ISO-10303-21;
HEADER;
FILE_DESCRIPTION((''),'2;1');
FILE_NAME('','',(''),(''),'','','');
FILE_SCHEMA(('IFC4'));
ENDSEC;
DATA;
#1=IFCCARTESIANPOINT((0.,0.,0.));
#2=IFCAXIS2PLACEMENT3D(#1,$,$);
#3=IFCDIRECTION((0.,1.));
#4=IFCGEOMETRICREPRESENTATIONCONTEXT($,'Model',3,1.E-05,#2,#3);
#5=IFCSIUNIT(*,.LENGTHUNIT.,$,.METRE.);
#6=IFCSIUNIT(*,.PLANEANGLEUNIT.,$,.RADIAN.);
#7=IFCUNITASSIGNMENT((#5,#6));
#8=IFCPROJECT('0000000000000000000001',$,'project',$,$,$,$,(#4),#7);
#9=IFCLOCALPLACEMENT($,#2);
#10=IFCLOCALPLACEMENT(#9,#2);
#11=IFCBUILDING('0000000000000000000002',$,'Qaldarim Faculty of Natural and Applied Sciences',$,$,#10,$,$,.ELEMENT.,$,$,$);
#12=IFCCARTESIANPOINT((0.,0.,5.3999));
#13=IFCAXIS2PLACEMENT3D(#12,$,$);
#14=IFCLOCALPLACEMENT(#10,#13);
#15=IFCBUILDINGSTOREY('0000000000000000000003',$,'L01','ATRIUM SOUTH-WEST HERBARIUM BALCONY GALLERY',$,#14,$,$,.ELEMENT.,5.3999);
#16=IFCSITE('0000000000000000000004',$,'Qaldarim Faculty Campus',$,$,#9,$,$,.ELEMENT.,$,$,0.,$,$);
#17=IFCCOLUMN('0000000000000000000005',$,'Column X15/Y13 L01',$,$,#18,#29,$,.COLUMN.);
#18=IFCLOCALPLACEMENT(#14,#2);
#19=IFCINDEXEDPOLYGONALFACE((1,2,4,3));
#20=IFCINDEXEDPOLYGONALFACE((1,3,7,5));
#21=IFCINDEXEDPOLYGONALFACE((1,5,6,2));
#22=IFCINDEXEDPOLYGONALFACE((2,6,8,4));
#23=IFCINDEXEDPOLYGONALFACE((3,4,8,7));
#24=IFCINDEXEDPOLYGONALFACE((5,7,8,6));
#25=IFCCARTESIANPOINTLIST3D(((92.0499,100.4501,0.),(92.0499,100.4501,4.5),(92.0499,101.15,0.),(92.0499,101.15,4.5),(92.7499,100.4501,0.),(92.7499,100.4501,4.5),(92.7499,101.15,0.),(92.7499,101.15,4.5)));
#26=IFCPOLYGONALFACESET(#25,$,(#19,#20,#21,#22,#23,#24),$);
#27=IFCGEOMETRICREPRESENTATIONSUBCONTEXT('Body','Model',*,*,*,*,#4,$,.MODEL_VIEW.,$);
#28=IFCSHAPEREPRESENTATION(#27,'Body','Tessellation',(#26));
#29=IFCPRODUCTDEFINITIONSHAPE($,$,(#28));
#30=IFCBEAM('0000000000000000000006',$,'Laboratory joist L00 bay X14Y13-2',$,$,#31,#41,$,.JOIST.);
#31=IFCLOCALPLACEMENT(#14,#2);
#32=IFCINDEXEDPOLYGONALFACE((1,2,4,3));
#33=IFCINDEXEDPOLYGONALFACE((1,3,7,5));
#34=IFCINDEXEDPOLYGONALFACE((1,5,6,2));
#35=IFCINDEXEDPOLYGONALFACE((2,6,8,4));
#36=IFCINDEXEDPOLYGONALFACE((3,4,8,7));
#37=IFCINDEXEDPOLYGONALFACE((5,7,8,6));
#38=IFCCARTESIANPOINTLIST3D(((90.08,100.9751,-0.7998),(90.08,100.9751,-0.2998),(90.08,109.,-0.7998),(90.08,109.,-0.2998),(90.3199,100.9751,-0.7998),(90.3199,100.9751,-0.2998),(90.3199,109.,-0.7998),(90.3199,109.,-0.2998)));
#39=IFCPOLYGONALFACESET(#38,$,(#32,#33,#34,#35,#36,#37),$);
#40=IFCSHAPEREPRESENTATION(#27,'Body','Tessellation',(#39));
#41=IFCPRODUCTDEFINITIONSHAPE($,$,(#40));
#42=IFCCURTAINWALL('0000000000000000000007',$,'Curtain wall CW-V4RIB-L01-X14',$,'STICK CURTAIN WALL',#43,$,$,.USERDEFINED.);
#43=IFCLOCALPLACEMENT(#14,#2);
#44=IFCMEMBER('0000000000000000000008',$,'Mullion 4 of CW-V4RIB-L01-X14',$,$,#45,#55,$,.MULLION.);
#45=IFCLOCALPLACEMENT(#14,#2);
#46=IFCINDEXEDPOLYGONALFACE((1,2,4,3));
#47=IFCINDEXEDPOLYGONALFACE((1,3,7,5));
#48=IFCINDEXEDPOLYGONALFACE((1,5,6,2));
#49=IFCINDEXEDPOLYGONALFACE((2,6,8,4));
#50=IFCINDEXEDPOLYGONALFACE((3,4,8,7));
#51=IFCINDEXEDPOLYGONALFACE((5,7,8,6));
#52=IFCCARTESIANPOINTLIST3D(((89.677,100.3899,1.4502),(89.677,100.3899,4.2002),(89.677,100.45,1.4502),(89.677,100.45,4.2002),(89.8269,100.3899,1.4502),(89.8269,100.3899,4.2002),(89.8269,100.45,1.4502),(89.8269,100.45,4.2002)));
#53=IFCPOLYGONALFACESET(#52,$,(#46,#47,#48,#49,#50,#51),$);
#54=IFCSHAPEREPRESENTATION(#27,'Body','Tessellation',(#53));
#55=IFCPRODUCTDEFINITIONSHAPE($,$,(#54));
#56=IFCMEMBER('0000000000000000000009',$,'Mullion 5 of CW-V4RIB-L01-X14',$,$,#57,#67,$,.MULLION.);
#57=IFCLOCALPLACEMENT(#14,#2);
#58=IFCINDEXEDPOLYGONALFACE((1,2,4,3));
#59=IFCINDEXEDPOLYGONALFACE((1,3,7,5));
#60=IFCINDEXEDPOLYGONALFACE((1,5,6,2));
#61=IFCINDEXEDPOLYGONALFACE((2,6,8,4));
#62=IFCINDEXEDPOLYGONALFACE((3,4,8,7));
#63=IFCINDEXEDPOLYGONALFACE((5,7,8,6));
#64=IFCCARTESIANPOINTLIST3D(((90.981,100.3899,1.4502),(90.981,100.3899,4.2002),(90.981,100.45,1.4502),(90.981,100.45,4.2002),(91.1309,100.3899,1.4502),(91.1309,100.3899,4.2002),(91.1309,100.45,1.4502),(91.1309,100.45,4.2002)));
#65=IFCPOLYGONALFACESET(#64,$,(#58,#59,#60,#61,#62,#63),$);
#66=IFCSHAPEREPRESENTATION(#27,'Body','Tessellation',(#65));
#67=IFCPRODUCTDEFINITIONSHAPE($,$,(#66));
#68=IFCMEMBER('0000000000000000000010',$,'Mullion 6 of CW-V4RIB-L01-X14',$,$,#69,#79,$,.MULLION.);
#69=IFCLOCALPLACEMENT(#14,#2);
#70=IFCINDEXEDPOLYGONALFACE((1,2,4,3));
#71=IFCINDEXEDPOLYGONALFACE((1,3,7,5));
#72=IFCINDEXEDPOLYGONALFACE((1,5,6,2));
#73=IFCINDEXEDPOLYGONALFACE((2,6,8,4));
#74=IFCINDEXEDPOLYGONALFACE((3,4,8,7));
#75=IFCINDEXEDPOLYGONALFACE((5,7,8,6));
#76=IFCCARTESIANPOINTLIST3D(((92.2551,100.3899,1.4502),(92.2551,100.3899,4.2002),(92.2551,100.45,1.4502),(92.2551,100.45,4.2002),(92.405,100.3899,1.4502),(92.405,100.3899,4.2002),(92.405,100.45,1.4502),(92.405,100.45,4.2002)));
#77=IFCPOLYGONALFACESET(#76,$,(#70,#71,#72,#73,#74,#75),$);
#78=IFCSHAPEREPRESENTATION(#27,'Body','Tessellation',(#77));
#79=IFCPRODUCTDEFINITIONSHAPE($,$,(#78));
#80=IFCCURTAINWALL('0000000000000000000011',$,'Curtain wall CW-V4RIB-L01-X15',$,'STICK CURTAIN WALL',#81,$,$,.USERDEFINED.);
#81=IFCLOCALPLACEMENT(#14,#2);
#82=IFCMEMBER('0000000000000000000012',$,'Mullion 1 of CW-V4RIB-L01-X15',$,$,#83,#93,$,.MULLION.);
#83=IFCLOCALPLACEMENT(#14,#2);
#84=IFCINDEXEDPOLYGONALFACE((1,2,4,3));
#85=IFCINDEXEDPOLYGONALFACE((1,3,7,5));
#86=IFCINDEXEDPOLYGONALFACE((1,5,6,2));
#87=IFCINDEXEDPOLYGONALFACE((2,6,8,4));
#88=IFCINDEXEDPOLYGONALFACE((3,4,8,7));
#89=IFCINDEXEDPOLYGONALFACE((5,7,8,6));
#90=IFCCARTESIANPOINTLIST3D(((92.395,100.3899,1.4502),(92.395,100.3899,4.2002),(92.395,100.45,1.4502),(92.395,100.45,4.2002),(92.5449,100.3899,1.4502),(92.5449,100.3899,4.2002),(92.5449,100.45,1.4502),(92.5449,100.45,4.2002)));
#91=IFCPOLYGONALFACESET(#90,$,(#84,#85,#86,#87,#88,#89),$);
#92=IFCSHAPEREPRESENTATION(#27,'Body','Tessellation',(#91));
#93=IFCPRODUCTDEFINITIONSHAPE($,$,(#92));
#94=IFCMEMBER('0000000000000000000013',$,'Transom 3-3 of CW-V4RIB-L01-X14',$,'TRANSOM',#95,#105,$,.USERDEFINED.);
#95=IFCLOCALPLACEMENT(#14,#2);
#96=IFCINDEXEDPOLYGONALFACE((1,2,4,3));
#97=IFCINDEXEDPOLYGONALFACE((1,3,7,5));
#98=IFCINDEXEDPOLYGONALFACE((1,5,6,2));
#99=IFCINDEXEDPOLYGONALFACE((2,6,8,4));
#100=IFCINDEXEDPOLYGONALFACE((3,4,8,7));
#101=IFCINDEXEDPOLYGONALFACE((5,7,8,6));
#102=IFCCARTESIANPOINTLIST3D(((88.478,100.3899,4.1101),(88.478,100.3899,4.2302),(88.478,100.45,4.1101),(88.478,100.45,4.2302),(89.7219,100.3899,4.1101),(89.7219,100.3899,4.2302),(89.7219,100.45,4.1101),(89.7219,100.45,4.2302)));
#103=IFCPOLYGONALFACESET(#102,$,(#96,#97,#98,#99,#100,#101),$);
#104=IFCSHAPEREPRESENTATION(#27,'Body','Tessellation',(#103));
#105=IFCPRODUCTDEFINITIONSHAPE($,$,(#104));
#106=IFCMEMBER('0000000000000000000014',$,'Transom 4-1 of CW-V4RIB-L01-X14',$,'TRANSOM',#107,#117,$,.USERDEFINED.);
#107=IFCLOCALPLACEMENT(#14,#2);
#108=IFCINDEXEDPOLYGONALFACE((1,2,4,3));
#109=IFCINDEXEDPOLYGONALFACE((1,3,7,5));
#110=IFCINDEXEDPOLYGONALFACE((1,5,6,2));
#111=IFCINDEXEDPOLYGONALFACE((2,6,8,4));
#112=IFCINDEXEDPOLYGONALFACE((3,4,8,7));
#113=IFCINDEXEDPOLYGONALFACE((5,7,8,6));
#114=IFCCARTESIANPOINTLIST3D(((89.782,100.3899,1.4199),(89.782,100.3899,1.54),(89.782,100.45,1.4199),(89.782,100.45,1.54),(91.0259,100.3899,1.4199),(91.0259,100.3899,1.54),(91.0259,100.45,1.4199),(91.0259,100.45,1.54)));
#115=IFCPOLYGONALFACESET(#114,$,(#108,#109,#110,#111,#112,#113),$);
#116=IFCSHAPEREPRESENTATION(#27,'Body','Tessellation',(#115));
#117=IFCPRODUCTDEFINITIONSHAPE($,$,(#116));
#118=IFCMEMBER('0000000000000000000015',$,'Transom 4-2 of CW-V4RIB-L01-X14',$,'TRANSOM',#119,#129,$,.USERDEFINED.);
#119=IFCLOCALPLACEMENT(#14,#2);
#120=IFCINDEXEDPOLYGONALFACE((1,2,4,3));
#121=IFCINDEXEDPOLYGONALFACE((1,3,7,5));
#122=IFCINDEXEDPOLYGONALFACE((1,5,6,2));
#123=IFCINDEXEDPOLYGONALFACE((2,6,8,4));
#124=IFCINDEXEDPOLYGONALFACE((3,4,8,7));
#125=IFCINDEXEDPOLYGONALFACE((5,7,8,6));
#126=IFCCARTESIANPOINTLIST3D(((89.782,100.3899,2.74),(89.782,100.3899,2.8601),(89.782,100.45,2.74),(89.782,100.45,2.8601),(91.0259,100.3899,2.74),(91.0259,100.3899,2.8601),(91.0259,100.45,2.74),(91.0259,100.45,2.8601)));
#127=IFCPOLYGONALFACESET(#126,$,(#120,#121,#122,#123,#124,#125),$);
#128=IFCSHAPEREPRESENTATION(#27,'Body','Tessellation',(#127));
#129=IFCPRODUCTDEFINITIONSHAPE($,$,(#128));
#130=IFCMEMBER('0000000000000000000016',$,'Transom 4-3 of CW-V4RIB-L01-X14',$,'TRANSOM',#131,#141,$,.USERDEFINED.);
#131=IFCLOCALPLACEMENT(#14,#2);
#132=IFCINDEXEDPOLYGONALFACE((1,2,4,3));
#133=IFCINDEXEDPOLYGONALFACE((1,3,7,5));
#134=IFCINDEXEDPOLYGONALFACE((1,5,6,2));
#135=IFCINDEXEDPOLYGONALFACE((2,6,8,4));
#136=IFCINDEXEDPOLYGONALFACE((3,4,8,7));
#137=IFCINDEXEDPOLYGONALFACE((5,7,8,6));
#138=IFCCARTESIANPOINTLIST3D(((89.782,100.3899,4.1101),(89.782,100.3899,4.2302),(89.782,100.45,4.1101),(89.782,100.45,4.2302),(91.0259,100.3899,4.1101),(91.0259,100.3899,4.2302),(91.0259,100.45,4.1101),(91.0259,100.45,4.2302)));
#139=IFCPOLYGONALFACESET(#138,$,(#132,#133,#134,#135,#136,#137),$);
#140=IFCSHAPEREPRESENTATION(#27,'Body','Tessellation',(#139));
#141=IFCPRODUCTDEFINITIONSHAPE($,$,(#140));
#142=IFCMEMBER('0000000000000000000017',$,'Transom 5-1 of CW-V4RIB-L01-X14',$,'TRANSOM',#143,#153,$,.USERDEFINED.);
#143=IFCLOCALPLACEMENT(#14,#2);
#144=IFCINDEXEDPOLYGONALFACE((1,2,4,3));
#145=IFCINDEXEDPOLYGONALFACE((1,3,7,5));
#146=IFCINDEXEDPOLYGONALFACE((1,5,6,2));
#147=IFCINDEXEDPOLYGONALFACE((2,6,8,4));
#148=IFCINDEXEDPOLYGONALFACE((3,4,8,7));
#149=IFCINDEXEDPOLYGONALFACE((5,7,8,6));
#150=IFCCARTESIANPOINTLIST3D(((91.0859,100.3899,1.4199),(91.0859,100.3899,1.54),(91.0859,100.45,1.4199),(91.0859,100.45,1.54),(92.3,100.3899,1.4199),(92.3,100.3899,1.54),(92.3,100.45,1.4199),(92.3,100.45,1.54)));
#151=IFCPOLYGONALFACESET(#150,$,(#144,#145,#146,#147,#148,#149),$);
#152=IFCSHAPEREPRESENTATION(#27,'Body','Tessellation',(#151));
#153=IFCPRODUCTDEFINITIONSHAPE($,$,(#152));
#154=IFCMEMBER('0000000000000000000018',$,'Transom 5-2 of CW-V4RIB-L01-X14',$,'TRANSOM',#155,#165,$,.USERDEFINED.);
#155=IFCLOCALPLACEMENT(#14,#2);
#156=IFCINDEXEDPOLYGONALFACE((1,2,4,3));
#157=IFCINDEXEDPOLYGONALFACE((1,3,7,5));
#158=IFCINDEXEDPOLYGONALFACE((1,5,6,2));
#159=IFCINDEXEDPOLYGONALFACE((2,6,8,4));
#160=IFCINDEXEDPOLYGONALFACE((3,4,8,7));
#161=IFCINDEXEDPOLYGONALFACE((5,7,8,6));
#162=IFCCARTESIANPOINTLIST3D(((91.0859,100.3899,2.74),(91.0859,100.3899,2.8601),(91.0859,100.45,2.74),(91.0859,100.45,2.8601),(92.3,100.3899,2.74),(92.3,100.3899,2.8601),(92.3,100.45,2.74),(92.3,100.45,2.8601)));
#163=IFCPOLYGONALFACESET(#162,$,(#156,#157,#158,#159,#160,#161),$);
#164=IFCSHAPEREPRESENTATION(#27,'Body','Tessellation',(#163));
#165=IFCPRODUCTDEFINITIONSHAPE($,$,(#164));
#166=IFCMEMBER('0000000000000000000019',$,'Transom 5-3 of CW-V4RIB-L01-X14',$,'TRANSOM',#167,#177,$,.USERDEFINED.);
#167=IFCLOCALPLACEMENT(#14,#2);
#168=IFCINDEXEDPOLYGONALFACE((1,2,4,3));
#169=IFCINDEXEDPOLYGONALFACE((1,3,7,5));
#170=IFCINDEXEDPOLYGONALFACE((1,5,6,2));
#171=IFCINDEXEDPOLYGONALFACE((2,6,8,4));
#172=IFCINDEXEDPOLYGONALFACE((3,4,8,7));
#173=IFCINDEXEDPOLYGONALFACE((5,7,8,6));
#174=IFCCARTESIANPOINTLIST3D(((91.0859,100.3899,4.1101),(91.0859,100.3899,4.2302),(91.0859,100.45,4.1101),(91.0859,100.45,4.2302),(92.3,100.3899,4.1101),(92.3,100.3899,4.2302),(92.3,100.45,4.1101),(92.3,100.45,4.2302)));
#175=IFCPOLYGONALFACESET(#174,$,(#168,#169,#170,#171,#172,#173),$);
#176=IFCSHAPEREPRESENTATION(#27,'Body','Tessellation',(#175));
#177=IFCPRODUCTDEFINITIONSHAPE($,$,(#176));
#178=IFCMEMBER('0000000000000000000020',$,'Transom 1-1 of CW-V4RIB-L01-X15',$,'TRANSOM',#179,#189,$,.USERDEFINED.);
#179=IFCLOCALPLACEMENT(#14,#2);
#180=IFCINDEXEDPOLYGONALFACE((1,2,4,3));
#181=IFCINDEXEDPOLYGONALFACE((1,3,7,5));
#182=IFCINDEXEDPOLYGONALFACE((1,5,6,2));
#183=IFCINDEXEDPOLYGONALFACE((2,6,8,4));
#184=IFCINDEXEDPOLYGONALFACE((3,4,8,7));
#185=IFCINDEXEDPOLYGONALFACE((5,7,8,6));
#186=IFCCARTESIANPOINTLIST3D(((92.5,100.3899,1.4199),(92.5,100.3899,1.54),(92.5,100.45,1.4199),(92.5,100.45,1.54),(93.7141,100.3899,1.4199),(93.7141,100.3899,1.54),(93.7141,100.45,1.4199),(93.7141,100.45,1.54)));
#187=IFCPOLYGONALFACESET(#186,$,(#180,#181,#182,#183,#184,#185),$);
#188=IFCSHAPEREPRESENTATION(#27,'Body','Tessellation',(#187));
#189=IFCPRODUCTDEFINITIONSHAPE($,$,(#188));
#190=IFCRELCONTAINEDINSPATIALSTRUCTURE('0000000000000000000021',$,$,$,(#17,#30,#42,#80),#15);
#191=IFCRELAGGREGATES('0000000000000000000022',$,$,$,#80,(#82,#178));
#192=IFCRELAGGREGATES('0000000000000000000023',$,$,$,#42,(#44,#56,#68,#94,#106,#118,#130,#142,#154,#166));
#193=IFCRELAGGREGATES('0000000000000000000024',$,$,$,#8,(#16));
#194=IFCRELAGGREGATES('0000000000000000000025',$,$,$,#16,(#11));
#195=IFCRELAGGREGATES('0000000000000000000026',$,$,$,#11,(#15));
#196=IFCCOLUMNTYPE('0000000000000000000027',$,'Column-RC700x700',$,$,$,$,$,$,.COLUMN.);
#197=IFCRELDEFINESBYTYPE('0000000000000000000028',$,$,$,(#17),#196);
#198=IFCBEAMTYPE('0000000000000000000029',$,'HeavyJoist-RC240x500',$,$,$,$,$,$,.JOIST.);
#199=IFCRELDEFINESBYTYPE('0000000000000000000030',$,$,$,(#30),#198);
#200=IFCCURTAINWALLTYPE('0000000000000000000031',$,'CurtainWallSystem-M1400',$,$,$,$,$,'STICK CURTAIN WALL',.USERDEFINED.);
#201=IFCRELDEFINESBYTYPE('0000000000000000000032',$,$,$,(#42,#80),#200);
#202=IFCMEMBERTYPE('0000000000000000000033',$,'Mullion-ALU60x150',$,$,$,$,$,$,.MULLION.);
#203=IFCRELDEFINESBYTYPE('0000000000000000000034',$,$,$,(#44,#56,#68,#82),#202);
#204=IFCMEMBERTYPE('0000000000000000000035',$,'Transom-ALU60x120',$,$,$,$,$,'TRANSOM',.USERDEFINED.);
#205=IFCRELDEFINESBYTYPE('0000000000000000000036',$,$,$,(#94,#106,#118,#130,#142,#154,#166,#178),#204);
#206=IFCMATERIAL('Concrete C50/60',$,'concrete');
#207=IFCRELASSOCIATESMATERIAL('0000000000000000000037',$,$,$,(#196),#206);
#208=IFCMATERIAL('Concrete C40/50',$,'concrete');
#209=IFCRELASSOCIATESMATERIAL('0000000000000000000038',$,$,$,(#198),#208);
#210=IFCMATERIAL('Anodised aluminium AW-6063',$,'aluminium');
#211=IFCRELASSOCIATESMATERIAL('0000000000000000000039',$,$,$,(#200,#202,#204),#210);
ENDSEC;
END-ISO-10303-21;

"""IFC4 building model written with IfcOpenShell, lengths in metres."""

from ifc_helpers import new_model, si_unit, direction, frame, origin, origin_2d, place, context, subcontext, project, spatial, rectangle, extrude, material, material_profile, profile_set, type_object, element, aggregate, save


model = new_model("IFC4")

# Units and contexts
model_context = context("Model", 3, precision=1e-05, world=origin(), true_north=direction((0.0, 1.0)))
body_context = subcontext(model_context, "Body", "Model", "MODEL_VIEW")
ifc_project = project(units=[si_unit("LENGTHUNIT", "METRE"), si_unit("PLANEANGLEUNIT", "RADIAN")], contexts=[model_context])

# Site, building, storey
site_placement = place(None, origin())
site = spatial("IfcSite", under=ifc_project, at=site_placement, Name="Qaldarim Faculty Campus", CompositionType="ELEMENT", RefElevation=0.0)
building_placement = place(site_placement, origin())
building = spatial("IfcBuilding", under=site, at=building_placement, Name="Qaldarim Faculty of Natural and Applied Sciences", CompositionType="ELEMENT")
storey_placement = place(building_placement, frame((0.0, 0.0, 5.3999)))
storey = spatial("IfcBuildingStorey", under=building, at=storey_placement, Name="L01", Description="ATRIUM SOUTH-WEST HERBARIUM BALCONY GALLERY", CompositionType="ELEMENT", Elevation=5.3999)

# Column
ifc_material_1 = material(Name="Concrete C50/60", Category="concrete")
ifc_material_profile_1 = material_profile(ifc_material_1, rectangle(XDim=0.7, YDim=0.7, at=origin_2d()), Name="RC-C700x700")
ifc_profile_set_1 = profile_set([ifc_material_profile_1], Name="Concrete C50/60")
column_type = type_object("IfcColumnType", Name="Column-RC700x700", PredefinedType="COLUMN", material=ifc_profile_set_1)
column_placement = place(storey_placement, frame((92.3999, 100.8, 0.0), z_axis=(0.0, 0.0, 1.0), x_axis=(1.0, 0.0, 0.0)))
element("IfcColumn", 1, at=column_placement, inside=storey, type_object=column_type, Name="Column X15/Y13 L01", PredefinedType="COLUMN", context=body_context, shape_type="SweptSolid", body=[
    extrude(rectangle(XDim=0.7, YDim=0.7, at=origin_2d()), origin(), (0.0, 0.0, 1.0), 4.5),
])

# Beam
ifc_material_2 = material(Name="Concrete C40/50", Category="concrete")
ifc_material_profile_2 = material_profile(ifc_material_2, rectangle(XDim=0.24, YDim=0.5, at=origin_2d()), Name="RC-J240x500")
ifc_profile_set_2 = profile_set([ifc_material_profile_2], Name="Concrete C40/50")
beam_type = type_object("IfcBeamType", Name="HeavyJoist-RC240x500", PredefinedType="JOIST", material=ifc_profile_set_2)
beam_placement = place(storey_placement, frame((90.2, 100.9751, -0.5498), z_axis=(0.0, 1.0, 0.0), x_axis=(-1.0, 0.0, 0.0)))
element("IfcBeam", 2, at=beam_placement, inside=storey, type_object=beam_type, Name="Laboratory joist L00 bay X14Y13-2", PredefinedType="JOIST", context=body_context, shape_type="SweptSolid", body=[
    extrude(rectangle(XDim=0.24, YDim=0.5, at=origin_2d()), origin(), (0.0, 0.0, 1.0), 8.0249),
])

# Curtain wall, members
ifc_material_3 = material(Name="Anodised aluminium AW-6063", Category="aluminium")
curtain_wall_type = type_object("IfcCurtainWallType", Name="CurtainWallSystem-M1400", ElementType="STICK CURTAIN WALL", PredefinedType="USERDEFINED", material=ifc_material_3)
curtain_wall_1_placement = place(storey_placement, origin())
curtain_wall_1 = element("IfcCurtainWall", 3, at=curtain_wall_1_placement, inside=storey, type_object=curtain_wall_type, Name="Curtain wall CW-V4RIB-L01-X14", ObjectType="STICK CURTAIN WALL", PredefinedType="USERDEFINED")
ifc_material_profile_3 = material_profile(ifc_material_3, rectangle(XDim=0.0601, YDim=0.1499, at=origin_2d()), Name="ALU-M60x150")
ifc_profile_set_3 = profile_set([ifc_material_profile_3], Name="Anodised aluminium AW-6063")
member_type_1 = type_object("IfcMemberType", Name="Mullion-ALU60x150", PredefinedType="MULLION", material=ifc_profile_set_3)
member_1_placement = place(storey_placement, frame((89.752, 100.4199, 1.4502), z_axis=(0.0, 0.0, 1.0), x_axis=(0.0, 1.0, 0.0)))
member_1 = element("IfcMember", 4, at=member_1_placement, type_object=member_type_1, Name="Mullion 4 of CW-V4RIB-L01-X14", PredefinedType="MULLION", context=body_context, shape_type="SweptSolid", body=[
    extrude(rectangle(XDim=0.0601, YDim=0.1499, at=origin_2d()), origin(), (0.0, 0.0, 1.0), 2.75),
])
member_2_placement = place(storey_placement, frame((91.0559, 100.4199, 1.4502), z_axis=(0.0, 0.0, 1.0), x_axis=(0.0, 1.0, 0.0)))
member_2 = element("IfcMember", 5, at=member_2_placement, type_object=member_type_1, Name="Mullion 5 of CW-V4RIB-L01-X14", PredefinedType="MULLION", context=body_context, shape_type="SweptSolid", body=[
    extrude(rectangle(XDim=0.0601, YDim=0.1499, at=origin_2d()), origin(), (0.0, 0.0, 1.0), 2.75),
])
member_3_placement = place(storey_placement, frame((92.3301, 100.4199, 1.4502), z_axis=(0.0, 0.0, 1.0), x_axis=(0.0, 1.0, 0.0)))
member_3 = element("IfcMember", 6, at=member_3_placement, type_object=member_type_1, Name="Mullion 6 of CW-V4RIB-L01-X14", PredefinedType="MULLION", context=body_context, shape_type="SweptSolid", body=[
    extrude(rectangle(XDim=0.0601, YDim=0.1499, at=origin_2d()), origin(), (0.0, 0.0, 1.0), 2.75),
])

# Curtain wall, member
curtain_wall_2_placement = place(storey_placement, origin())
curtain_wall_2 = element("IfcCurtainWall", 7, at=curtain_wall_2_placement, inside=storey, type_object=curtain_wall_type, Name="Curtain wall CW-V4RIB-L01-X15", ObjectType="STICK CURTAIN WALL", PredefinedType="USERDEFINED")
member_4_placement = place(storey_placement, frame((92.47, 100.4199, 1.4502), z_axis=(0.0, 0.0, 1.0), x_axis=(0.0, 1.0, 0.0)))
member_4 = element("IfcMember", 8, at=member_4_placement, type_object=member_type_1, Name="Mullion 1 of CW-V4RIB-L01-X15", PredefinedType="MULLION", context=body_context, shape_type="SweptSolid", body=[
    extrude(rectangle(XDim=0.0601, YDim=0.1499, at=origin_2d()), origin(), (0.0, 0.0, 1.0), 2.75),
])

# Members
ifc_material_profile_4 = material_profile(ifc_material_3, rectangle(XDim=0.0601, YDim=0.1201, at=origin_2d()), Name="ALU-T60x120")
ifc_profile_set_4 = profile_set([ifc_material_profile_4], Name="Anodised aluminium AW-6063")
member_type_2 = type_object("IfcMemberType", Name="Transom-ALU60x120", ElementType="TRANSOM", PredefinedType="USERDEFINED", material=ifc_profile_set_4)
member_5_placement = place(storey_placement, frame((88.478, 100.4199, 4.1702), z_axis=(1.0, 0.0, 0.0), x_axis=(0.0, 1.0, 0.0)))
member_5 = element("IfcMember", 9, at=member_5_placement, type_object=member_type_2, Name="Transom 3-3 of CW-V4RIB-L01-X14", ObjectType="TRANSOM", PredefinedType="USERDEFINED", context=body_context, shape_type="SweptSolid", body=[
    extrude(rectangle(XDim=0.0601, YDim=0.1201, at=origin_2d()), origin(), (0.0, 0.0, 1.0), 1.2439),
])
member_6_placement = place(storey_placement, frame((89.782, 100.4199, 1.48), z_axis=(1.0, 0.0, 0.0), x_axis=(0.0, 1.0, 0.0)))
member_6 = element("IfcMember", 10, at=member_6_placement, type_object=member_type_2, Name="Transom 4-1 of CW-V4RIB-L01-X14", ObjectType="TRANSOM", PredefinedType="USERDEFINED", context=body_context, shape_type="SweptSolid", body=[
    extrude(rectangle(XDim=0.0601, YDim=0.1201, at=origin_2d()), origin(), (0.0, 0.0, 1.0), 1.2439),
])
member_7_placement = place(storey_placement, frame((89.782, 100.4199, 2.8), z_axis=(1.0, 0.0, 0.0), x_axis=(0.0, 1.0, 0.0)))
member_7 = element("IfcMember", 11, at=member_7_placement, type_object=member_type_2, Name="Transom 4-2 of CW-V4RIB-L01-X14", ObjectType="TRANSOM", PredefinedType="USERDEFINED", context=body_context, shape_type="SweptSolid", body=[
    extrude(rectangle(XDim=0.0601, YDim=0.1201, at=origin_2d()), origin(), (0.0, 0.0, 1.0), 1.2439),
])
member_8_placement = place(storey_placement, frame((89.782, 100.4199, 4.1702), z_axis=(1.0, 0.0, 0.0), x_axis=(0.0, 1.0, 0.0)))
member_8 = element("IfcMember", 12, at=member_8_placement, type_object=member_type_2, Name="Transom 4-3 of CW-V4RIB-L01-X14", ObjectType="TRANSOM", PredefinedType="USERDEFINED", context=body_context, shape_type="SweptSolid", body=[
    extrude(rectangle(XDim=0.0601, YDim=0.1201, at=origin_2d()), origin(), (0.0, 0.0, 1.0), 1.2439),
])
member_9_placement = place(storey_placement, frame((91.0859, 100.4199, 1.48), z_axis=(1.0, 0.0, 0.0), x_axis=(0.0, 1.0, 0.0)))
member_9 = element("IfcMember", 13, at=member_9_placement, type_object=member_type_2, Name="Transom 5-1 of CW-V4RIB-L01-X14", ObjectType="TRANSOM", PredefinedType="USERDEFINED", context=body_context, shape_type="SweptSolid", body=[
    extrude(rectangle(XDim=0.0601, YDim=0.1201, at=origin_2d()), origin(), (0.0, 0.0, 1.0), 1.2141),
])
member_10_placement = place(storey_placement, frame((91.0859, 100.4199, 2.8), z_axis=(1.0, 0.0, 0.0), x_axis=(0.0, 1.0, 0.0)))
member_10 = element("IfcMember", 14, at=member_10_placement, type_object=member_type_2, Name="Transom 5-2 of CW-V4RIB-L01-X14", ObjectType="TRANSOM", PredefinedType="USERDEFINED", context=body_context, shape_type="SweptSolid", body=[
    extrude(rectangle(XDim=0.0601, YDim=0.1201, at=origin_2d()), origin(), (0.0, 0.0, 1.0), 1.2141),
])
member_11_placement = place(storey_placement, frame((91.0859, 100.4199, 4.1702), z_axis=(1.0, 0.0, 0.0), x_axis=(0.0, 1.0, 0.0)))
member_11 = element("IfcMember", 15, at=member_11_placement, type_object=member_type_2, Name="Transom 5-3 of CW-V4RIB-L01-X14", ObjectType="TRANSOM", PredefinedType="USERDEFINED", context=body_context, shape_type="SweptSolid", body=[
    extrude(rectangle(XDim=0.0601, YDim=0.1201, at=origin_2d()), origin(), (0.0, 0.0, 1.0), 1.2141),
])
member_12_placement = place(storey_placement, frame((92.5, 100.4199, 1.48), z_axis=(1.0, 0.0, 0.0), x_axis=(0.0, 1.0, 0.0)))
member_12 = element("IfcMember", 16, at=member_12_placement, type_object=member_type_2, Name="Transom 1-1 of CW-V4RIB-L01-X15", ObjectType="TRANSOM", PredefinedType="USERDEFINED", context=body_context, shape_type="SweptSolid", body=[
    extrude(rectangle(XDim=0.0601, YDim=0.1201, at=origin_2d()), origin(), (0.0, 0.0, 1.0), 1.2141),
])
aggregate(curtain_wall_2, [member_4, member_12])

aggregate(curtain_wall_1, [member_1, member_2, member_3, member_5, member_6, member_7, member_8, member_9, member_10, member_11])

save(model, "model.ifc")
